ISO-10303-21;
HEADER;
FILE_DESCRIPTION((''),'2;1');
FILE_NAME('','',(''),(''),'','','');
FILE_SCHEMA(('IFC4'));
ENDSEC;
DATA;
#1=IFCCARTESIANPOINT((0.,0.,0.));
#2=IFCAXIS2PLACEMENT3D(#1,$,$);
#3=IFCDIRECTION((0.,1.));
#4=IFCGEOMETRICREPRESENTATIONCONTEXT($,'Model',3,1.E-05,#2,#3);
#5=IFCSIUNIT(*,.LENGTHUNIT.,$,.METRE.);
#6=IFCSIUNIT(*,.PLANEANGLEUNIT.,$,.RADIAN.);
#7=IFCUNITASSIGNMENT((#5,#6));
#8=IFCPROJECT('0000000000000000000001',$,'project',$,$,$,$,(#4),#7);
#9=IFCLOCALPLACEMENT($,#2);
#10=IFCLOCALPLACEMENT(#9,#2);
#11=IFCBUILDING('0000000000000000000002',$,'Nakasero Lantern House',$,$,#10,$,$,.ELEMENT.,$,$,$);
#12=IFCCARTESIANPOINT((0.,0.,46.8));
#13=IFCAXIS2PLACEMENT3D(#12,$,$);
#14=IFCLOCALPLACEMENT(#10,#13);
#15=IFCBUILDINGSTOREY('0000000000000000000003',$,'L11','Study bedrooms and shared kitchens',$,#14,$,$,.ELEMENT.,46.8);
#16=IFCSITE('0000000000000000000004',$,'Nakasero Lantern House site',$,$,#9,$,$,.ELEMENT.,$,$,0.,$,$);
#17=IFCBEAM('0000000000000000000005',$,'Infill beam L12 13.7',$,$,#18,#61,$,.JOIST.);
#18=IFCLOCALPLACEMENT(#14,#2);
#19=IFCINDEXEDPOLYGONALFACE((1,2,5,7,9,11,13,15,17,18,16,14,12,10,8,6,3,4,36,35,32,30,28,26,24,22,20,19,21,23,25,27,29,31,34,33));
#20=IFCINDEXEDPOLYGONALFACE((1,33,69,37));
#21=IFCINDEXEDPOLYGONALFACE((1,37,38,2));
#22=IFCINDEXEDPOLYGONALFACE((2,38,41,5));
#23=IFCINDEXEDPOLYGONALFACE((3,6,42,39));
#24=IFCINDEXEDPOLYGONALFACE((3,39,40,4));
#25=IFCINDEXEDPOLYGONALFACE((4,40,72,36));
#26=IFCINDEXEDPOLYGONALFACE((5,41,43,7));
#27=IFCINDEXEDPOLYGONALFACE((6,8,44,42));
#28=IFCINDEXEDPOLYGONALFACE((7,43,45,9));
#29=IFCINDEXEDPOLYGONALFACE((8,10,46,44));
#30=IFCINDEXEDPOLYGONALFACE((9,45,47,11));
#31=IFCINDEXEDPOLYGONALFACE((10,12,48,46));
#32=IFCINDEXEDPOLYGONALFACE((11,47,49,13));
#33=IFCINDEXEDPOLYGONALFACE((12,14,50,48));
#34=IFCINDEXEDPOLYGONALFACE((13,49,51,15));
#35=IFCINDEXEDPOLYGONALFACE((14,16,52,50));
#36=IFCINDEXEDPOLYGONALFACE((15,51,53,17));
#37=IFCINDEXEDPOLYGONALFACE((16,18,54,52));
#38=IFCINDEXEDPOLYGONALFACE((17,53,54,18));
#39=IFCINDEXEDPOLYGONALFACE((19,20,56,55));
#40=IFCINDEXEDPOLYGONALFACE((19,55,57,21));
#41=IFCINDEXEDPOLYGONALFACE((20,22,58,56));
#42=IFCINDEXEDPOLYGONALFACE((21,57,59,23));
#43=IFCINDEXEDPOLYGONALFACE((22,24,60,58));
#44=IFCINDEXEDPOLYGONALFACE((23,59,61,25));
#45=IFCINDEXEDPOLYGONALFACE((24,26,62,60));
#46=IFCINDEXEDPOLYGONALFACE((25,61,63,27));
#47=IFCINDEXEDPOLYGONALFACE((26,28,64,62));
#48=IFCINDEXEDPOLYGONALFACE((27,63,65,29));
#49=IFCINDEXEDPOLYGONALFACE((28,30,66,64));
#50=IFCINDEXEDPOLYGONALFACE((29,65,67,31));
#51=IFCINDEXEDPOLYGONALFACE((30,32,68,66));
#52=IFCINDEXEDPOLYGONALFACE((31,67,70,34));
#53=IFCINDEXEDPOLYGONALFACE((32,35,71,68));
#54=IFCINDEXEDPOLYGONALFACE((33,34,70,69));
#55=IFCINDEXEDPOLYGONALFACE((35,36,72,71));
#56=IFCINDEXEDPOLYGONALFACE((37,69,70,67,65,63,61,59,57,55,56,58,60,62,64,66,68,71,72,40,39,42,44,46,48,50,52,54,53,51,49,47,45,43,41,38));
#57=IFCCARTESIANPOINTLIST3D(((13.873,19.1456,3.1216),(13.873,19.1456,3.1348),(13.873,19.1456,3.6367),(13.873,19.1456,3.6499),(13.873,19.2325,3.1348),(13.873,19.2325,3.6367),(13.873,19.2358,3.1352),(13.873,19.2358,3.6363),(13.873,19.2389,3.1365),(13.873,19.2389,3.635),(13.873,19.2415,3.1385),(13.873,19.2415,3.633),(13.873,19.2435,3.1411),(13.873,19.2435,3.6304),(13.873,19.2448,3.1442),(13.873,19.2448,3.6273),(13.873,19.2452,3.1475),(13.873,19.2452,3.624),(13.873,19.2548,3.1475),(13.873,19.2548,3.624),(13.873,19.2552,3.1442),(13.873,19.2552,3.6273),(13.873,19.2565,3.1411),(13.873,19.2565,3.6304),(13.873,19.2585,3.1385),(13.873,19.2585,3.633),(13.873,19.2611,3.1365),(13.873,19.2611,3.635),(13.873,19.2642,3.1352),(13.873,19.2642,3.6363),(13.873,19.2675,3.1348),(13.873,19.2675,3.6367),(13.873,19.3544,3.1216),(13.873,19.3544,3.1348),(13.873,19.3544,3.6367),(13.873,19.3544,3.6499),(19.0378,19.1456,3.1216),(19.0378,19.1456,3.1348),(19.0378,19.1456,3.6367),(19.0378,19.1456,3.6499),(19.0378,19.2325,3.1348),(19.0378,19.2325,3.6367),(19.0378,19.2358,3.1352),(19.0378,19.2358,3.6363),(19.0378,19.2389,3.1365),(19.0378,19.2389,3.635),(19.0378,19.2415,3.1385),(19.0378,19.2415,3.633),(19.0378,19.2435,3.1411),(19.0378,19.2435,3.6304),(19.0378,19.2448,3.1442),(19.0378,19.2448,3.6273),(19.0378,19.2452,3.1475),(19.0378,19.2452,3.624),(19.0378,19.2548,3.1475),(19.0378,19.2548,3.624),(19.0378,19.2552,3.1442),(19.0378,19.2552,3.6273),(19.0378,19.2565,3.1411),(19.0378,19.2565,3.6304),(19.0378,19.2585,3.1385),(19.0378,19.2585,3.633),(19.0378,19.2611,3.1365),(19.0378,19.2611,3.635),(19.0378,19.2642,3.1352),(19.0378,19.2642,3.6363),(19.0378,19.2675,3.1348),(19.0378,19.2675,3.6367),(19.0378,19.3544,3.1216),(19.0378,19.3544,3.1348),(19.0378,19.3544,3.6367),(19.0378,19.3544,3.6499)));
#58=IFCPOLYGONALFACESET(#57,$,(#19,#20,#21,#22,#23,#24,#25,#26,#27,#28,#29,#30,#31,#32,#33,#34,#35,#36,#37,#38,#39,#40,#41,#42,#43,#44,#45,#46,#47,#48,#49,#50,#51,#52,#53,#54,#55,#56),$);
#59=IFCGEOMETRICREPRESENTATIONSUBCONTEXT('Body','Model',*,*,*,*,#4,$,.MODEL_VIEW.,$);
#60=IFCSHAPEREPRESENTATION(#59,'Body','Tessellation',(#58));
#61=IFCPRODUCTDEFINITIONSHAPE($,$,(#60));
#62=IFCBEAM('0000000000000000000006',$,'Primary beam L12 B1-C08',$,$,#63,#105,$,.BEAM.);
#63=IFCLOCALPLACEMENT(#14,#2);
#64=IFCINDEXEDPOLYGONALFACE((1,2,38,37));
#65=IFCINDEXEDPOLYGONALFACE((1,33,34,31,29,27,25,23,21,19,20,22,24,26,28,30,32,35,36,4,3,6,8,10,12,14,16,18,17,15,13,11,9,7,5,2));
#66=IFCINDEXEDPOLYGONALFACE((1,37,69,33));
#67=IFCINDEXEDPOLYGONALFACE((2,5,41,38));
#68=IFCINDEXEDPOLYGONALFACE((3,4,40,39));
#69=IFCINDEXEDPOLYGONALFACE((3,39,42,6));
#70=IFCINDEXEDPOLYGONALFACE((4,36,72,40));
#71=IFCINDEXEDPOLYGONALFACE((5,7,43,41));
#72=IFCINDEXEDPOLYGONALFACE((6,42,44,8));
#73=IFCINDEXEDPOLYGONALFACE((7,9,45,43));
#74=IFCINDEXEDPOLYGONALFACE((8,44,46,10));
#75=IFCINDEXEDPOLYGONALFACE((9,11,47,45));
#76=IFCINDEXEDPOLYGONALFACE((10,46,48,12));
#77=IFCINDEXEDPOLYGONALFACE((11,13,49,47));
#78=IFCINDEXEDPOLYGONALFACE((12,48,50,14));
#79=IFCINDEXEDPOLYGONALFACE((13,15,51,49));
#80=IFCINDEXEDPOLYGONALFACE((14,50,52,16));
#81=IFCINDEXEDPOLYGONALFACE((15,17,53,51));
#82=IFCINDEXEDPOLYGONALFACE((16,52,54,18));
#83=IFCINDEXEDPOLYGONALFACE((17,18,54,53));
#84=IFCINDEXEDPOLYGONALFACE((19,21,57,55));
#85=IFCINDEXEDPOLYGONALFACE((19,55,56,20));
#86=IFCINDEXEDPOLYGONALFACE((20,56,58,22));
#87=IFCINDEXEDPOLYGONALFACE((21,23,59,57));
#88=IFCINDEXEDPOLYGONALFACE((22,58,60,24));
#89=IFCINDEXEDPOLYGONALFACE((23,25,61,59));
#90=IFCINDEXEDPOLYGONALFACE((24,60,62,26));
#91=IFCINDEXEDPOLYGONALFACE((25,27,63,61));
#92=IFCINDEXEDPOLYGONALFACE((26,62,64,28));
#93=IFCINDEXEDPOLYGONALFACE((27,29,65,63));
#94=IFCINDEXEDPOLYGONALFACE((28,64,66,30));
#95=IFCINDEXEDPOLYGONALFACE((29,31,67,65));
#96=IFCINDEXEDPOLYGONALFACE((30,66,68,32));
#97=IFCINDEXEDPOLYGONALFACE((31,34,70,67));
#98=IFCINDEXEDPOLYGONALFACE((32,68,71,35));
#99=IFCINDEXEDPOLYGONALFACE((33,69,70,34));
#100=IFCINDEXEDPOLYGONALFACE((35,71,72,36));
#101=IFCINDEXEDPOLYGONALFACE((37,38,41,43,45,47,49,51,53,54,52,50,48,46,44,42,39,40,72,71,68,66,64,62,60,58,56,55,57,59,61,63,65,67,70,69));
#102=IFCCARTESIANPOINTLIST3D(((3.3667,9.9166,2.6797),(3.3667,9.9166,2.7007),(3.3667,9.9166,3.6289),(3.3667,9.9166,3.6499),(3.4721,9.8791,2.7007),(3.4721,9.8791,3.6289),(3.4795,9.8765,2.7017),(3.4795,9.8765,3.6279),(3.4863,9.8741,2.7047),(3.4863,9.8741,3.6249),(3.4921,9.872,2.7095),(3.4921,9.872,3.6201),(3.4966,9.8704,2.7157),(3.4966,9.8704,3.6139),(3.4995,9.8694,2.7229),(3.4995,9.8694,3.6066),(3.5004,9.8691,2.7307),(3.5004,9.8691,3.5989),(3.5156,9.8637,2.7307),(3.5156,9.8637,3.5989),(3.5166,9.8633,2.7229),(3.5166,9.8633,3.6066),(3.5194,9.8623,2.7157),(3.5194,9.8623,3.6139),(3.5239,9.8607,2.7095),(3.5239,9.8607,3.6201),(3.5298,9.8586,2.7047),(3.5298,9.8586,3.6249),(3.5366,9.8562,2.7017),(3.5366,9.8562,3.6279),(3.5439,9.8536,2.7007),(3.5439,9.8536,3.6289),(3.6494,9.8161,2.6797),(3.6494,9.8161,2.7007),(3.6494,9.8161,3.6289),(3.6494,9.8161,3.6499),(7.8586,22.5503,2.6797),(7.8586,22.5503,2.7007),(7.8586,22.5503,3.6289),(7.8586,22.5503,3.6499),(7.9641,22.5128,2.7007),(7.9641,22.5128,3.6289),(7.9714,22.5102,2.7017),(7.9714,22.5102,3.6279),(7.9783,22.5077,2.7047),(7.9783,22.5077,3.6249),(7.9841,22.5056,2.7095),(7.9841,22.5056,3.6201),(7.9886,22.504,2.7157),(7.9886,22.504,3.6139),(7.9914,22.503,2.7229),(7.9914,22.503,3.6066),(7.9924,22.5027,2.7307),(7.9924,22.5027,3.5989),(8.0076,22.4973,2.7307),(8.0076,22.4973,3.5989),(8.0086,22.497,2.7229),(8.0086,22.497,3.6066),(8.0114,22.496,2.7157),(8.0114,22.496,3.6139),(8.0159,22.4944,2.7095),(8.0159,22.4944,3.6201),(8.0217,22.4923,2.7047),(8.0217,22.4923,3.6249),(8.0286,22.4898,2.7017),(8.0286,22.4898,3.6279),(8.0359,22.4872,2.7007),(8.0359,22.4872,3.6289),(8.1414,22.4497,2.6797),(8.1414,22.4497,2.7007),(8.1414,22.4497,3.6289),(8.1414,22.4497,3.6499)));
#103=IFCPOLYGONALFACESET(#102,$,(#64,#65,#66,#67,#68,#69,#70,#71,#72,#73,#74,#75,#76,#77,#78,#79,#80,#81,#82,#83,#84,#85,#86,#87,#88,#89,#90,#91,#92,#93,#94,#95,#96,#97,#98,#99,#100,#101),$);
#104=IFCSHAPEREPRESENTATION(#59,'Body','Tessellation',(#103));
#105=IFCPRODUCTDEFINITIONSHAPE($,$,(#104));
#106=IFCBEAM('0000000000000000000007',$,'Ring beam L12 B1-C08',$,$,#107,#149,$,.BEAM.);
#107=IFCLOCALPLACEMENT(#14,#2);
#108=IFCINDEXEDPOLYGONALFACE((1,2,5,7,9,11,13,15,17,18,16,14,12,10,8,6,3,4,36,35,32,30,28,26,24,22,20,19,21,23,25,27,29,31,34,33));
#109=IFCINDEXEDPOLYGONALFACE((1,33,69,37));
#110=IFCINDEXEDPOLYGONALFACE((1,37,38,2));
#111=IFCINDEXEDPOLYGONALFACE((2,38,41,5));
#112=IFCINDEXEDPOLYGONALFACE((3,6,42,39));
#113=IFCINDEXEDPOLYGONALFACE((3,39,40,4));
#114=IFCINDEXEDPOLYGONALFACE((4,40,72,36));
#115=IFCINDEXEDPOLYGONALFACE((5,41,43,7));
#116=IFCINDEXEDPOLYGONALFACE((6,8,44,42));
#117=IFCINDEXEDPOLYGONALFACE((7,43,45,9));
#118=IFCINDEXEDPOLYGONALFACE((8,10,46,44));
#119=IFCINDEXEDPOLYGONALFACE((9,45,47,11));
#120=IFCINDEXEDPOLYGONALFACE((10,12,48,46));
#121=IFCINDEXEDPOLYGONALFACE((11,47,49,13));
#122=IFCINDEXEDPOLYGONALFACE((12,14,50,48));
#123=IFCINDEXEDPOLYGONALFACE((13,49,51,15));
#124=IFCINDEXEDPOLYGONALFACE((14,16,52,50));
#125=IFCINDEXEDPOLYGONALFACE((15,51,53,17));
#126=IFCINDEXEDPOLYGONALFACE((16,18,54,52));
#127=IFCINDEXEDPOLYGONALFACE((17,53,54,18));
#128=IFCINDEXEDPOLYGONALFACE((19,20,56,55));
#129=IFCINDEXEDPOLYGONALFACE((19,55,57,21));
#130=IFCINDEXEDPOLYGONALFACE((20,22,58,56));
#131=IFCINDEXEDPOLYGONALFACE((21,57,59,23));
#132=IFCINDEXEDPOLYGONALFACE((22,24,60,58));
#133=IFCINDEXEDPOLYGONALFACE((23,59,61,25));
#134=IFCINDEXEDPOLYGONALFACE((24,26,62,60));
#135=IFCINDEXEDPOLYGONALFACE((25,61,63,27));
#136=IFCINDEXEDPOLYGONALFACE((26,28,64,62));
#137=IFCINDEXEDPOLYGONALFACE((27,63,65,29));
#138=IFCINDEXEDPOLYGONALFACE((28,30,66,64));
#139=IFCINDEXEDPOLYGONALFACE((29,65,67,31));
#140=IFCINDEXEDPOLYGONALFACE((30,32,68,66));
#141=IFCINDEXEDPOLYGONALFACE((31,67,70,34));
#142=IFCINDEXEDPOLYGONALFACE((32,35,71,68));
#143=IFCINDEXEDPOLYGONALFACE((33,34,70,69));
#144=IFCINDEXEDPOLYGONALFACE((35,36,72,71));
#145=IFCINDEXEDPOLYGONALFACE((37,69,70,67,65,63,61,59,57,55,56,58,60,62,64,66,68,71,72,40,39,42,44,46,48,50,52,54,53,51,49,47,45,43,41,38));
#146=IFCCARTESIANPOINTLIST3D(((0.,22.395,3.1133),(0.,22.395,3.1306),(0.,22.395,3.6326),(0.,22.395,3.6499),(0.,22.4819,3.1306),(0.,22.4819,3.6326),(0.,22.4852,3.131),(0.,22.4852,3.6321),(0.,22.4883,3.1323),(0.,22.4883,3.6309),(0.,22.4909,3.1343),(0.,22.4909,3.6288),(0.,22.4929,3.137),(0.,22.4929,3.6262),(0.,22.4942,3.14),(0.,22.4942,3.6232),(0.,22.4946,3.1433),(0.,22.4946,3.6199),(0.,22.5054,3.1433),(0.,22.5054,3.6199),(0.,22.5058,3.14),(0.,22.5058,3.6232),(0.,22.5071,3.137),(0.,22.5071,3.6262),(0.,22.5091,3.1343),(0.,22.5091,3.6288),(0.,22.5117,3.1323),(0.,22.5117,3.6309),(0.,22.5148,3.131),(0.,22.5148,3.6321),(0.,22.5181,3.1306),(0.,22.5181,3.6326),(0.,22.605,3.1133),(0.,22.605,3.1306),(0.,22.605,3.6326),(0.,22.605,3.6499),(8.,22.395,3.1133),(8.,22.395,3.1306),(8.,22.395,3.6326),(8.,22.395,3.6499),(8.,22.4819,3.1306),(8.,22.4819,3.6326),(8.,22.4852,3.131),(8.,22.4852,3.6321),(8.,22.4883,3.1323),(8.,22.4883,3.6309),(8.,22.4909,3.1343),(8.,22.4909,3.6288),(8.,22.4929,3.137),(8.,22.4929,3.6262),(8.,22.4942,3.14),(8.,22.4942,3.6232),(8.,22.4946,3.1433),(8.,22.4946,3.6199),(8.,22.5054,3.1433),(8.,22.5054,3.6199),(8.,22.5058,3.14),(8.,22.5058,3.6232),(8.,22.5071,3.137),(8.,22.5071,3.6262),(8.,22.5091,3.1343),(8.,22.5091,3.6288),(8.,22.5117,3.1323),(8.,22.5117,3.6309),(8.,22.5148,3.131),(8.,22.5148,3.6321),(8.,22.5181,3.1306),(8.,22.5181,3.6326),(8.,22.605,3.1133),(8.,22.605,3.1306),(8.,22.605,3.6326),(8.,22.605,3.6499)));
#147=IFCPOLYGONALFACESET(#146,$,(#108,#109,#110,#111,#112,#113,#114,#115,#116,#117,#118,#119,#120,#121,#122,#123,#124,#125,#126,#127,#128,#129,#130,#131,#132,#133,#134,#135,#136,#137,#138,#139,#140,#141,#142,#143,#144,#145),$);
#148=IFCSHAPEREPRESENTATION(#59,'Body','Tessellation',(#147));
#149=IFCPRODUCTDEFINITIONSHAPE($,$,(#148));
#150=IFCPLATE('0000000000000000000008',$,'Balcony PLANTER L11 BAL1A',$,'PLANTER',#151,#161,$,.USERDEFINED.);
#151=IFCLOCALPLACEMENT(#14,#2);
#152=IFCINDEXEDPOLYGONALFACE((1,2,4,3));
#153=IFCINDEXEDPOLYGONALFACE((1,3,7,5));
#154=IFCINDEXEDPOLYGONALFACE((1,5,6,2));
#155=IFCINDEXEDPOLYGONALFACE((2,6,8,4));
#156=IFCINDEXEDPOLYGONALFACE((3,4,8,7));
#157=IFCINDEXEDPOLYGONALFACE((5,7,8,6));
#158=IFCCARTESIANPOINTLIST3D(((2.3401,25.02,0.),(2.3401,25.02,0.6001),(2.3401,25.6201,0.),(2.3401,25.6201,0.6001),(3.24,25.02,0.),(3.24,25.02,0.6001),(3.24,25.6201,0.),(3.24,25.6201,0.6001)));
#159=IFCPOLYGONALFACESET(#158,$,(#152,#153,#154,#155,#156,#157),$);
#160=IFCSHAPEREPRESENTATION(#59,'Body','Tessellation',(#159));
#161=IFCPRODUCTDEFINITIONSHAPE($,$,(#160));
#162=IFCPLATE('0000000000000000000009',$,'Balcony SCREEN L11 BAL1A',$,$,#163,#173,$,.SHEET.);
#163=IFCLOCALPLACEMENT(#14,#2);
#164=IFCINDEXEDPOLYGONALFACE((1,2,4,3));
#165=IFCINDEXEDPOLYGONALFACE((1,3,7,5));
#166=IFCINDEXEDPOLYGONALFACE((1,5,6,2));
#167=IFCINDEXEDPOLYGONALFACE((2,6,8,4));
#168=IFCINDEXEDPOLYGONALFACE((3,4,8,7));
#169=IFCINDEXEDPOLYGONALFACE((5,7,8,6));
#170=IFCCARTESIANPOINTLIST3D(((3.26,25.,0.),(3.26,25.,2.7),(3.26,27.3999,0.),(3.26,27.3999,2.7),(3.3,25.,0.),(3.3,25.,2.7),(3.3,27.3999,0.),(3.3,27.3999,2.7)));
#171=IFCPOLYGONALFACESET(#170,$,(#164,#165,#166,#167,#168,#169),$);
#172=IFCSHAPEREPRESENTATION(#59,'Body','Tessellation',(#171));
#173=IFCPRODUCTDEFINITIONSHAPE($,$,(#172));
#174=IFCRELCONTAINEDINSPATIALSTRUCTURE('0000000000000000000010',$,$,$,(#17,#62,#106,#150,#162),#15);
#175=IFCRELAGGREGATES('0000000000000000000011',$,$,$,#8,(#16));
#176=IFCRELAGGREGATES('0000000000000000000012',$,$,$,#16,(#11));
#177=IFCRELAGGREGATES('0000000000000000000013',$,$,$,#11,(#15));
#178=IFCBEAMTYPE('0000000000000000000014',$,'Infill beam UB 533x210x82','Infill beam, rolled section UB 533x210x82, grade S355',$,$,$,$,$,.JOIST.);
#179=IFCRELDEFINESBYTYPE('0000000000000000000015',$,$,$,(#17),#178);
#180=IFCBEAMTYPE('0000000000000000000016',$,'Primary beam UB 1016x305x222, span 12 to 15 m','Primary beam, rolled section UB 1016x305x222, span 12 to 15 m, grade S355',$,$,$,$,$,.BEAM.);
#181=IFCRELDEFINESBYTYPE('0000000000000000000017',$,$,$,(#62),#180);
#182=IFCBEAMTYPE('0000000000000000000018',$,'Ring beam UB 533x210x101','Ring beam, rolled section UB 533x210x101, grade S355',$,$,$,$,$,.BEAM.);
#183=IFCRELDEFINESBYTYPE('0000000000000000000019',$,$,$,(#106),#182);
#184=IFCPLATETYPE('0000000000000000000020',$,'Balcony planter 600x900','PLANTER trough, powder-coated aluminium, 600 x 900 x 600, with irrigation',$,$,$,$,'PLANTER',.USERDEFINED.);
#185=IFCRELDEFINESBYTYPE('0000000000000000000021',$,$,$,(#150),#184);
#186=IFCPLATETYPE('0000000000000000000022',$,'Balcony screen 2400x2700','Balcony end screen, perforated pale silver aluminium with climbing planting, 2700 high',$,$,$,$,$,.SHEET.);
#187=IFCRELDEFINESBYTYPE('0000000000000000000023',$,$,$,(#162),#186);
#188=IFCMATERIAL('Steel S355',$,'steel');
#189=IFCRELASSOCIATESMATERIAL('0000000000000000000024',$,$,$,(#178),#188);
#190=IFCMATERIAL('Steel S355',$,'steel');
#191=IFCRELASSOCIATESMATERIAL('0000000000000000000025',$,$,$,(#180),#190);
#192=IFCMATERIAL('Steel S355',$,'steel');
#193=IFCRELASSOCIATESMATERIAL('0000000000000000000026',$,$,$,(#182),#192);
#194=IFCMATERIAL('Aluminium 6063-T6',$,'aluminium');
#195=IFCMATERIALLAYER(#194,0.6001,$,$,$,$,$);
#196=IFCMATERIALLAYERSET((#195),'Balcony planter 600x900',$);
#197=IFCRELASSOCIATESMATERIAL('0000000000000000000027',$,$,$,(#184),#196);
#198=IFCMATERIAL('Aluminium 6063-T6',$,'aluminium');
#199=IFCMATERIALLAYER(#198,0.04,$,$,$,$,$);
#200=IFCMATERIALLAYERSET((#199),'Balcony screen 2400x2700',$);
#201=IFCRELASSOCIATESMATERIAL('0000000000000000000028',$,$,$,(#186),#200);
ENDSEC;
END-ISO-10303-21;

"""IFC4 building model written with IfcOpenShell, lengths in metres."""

from ifc_helpers import new_model, si_unit, direction, frame, origin, origin_2d, place, context, subcontext, project, spatial, rectangle, i_section, extrude, material, layer, layer_set, material_profile, profile_set, type_object, element, save


model = new_model("IFC4")

# Units and contexts
model_context = context("Model", 3, precision=1e-05, world=origin(), true_north=direction((0.0, 1.0)))
body_context = subcontext(model_context, "Body", "Model", "MODEL_VIEW")
ifc_project = project(units=[si_unit("LENGTHUNIT", "METRE"), si_unit("PLANEANGLEUNIT", "RADIAN")], contexts=[model_context])

# Site, building, storey
site_placement = place(None, origin())
site = spatial("IfcSite", under=ifc_project, at=site_placement, Name="Nakasero Lantern House site", CompositionType="ELEMENT", RefElevation=0.0)
building_placement = place(site_placement, origin())
building = spatial("IfcBuilding", under=site, at=building_placement, Name="Nakasero Lantern House", CompositionType="ELEMENT")
storey_placement = place(building_placement, frame((0.0, 0.0, 46.8)))
storey = spatial("IfcBuildingStorey", under=building, at=storey_placement, Name="L11", Description="Study bedrooms and shared kitchens", CompositionType="ELEMENT", Elevation=46.8)

# Beams
ifc_material_1 = material(Name="Steel S355", Category="steel")
ifc_material_profile_1 = material_profile(ifc_material_1, i_section(OverallWidth=0.2087, OverallDepth=0.5283, WebThickness=0.0095, FlangeThickness=0.0132, FilletRadius=0.0127, at=origin_2d()), Name="UB 533x210x82")
ifc_profile_set_1 = profile_set([ifc_material_profile_1], Name="Steel S355")
beam_type_1 = type_object("IfcBeamType", Name="Infill beam UB 533x210x82", Description="Infill beam, rolled section UB 533x210x82, grade S355", PredefinedType="JOIST", material=ifc_profile_set_1)
beam_1_placement = place(storey_placement, frame((13.873, 19.25, 3.3857), z_axis=(1.0, 0.0, 0.0), x_axis=(0.0, 1.0, 0.0)))
element("IfcBeam", 1, at=beam_1_placement, inside=storey, type_object=beam_type_1, Name="Infill beam L12 13.7", PredefinedType="JOIST", context=body_context, shape_type="SweptSolid", body=[
    extrude(i_section(OverallWidth=0.2087, OverallDepth=0.5283, WebThickness=0.0095, FlangeThickness=0.0132, FilletRadius=0.0127, at=origin_2d()), origin(), (0.0, 0.0, 1.0), 5.1648),
])
ifc_material_2 = material(Name="Steel S355", Category="steel")
ifc_material_profile_2 = material_profile(ifc_material_2, i_section(OverallWidth=0.3, OverallDepth=0.9702, WebThickness=0.0161, FlangeThickness=0.021, FilletRadius=0.03, at=origin_2d()), Name="UB 1016x305x222")
ifc_profile_set_2 = profile_set([ifc_material_profile_2], Name="Steel S355")
beam_type_2 = type_object("IfcBeamType", Name="Primary beam UB 1016x305x222, span 12 to 15 m", Description="Primary beam, rolled section UB 1016x305x222, span 12 to 15 m, grade S355", PredefinedType="BEAM", material=ifc_profile_set_2)
beam_2_placement = place(storey_placement, frame((8.0, 22.5, 3.1648), z_axis=(-0.335011, -0.942214, 0.0), x_axis=(0.942214, -0.335011, 0.0)))
element("IfcBeam", 2, at=beam_2_placement, inside=storey, type_object=beam_type_2, Name="Primary beam L12 B1-C08", PredefinedType="BEAM", context=body_context, shape_type="SweptSolid", body=[
    extrude(i_section(OverallWidth=0.3, OverallDepth=0.9702, WebThickness=0.0161, FlangeThickness=0.021, FilletRadius=0.03, at=origin_2d()), origin(), (0.0, 0.0, 1.0), 13.4084),
])
ifc_material_3 = material(Name="Steel S355", Category="steel")
ifc_material_profile_3 = material_profile(ifc_material_3, i_section(OverallWidth=0.21, OverallDepth=0.5366, WebThickness=0.0107, FlangeThickness=0.0173, FilletRadius=0.0127, at=origin_2d()), Name="UB 533x210x101")
ifc_profile_set_3 = profile_set([ifc_material_profile_3], Name="Steel S355")
beam_type_3 = type_object("IfcBeamType", Name="Ring beam UB 533x210x101", Description="Ring beam, rolled section UB 533x210x101, grade S355", PredefinedType="BEAM", material=ifc_profile_set_3)
beam_3_placement = place(storey_placement, frame((8.0, 22.5, 3.3816), z_axis=(-1.0, 0.0, 0.0), x_axis=(0.0, -1.0, 0.0)))
element("IfcBeam", 3, at=beam_3_placement, inside=storey, type_object=beam_type_3, Name="Ring beam L12 B1-C08", PredefinedType="BEAM", context=body_context, shape_type="SweptSolid", body=[
    extrude(i_section(OverallWidth=0.21, OverallDepth=0.5366, WebThickness=0.0107, FlangeThickness=0.0173, FilletRadius=0.0127, at=origin_2d()), origin(), (0.0, 0.0, 1.0), 8.0),
])

# Plates
ifc_material_4 = material(Name="Aluminium 6063-T6", Category="aluminium")
ifc_layer_1 = layer(ifc_material_4, 0.6001)
ifc_layer_set_1 = layer_set([ifc_layer_1], Name="Balcony planter 600x900")
plate_type_1 = type_object("IfcPlateType", Name="Balcony planter 600x900", Description="PLANTER trough, powder-coated aluminium, 600 x 900 x 600, with irrigation", ElementType="PLANTER", PredefinedType="USERDEFINED", material=ifc_layer_set_1)
plate_1_placement = place(storey_placement, frame((2.79, 25.3201, 0.0), z_axis=(0.0, 0.0, 1.0), x_axis=(0.0, 1.0, 0.0)))
element("IfcPlate", 4, at=plate_1_placement, inside=storey, type_object=plate_type_1, Name="Balcony PLANTER L11 BAL1A", ObjectType="PLANTER", PredefinedType="USERDEFINED", context=body_context, shape_type="SweptSolid", body=[
    extrude(rectangle(XDim=0.6001, YDim=0.8999, at=origin_2d()), origin(), (0.0, 0.0, 1.0), 0.6001),
])
ifc_material_5 = material(Name="Aluminium 6063-T6", Category="aluminium")
ifc_layer_2 = layer(ifc_material_5, 0.04)
ifc_layer_set_2 = layer_set([ifc_layer_2], Name="Balcony screen 2400x2700")
plate_type_2 = type_object("IfcPlateType", Name="Balcony screen 2400x2700", Description="Balcony end screen, perforated pale silver aluminium with climbing planting, 2700 high", PredefinedType="SHEET", material=ifc_layer_set_2)
plate_2_placement = place(storey_placement, frame((3.28, 26.2, 0.0), z_axis=(0.0, 0.0, 1.0), x_axis=(0.0, 1.0, 0.0)))
element("IfcPlate", 5, at=plate_2_placement, inside=storey, type_object=plate_type_2, Name="Balcony SCREEN L11 BAL1A", PredefinedType="SHEET", context=body_context, shape_type="SweptSolid", body=[
    extrude(rectangle(XDim=2.3999, YDim=0.04, at=origin_2d()), origin(), (0.0, 0.0, 1.0), 2.7),
])

save(model, "model.ifc")
